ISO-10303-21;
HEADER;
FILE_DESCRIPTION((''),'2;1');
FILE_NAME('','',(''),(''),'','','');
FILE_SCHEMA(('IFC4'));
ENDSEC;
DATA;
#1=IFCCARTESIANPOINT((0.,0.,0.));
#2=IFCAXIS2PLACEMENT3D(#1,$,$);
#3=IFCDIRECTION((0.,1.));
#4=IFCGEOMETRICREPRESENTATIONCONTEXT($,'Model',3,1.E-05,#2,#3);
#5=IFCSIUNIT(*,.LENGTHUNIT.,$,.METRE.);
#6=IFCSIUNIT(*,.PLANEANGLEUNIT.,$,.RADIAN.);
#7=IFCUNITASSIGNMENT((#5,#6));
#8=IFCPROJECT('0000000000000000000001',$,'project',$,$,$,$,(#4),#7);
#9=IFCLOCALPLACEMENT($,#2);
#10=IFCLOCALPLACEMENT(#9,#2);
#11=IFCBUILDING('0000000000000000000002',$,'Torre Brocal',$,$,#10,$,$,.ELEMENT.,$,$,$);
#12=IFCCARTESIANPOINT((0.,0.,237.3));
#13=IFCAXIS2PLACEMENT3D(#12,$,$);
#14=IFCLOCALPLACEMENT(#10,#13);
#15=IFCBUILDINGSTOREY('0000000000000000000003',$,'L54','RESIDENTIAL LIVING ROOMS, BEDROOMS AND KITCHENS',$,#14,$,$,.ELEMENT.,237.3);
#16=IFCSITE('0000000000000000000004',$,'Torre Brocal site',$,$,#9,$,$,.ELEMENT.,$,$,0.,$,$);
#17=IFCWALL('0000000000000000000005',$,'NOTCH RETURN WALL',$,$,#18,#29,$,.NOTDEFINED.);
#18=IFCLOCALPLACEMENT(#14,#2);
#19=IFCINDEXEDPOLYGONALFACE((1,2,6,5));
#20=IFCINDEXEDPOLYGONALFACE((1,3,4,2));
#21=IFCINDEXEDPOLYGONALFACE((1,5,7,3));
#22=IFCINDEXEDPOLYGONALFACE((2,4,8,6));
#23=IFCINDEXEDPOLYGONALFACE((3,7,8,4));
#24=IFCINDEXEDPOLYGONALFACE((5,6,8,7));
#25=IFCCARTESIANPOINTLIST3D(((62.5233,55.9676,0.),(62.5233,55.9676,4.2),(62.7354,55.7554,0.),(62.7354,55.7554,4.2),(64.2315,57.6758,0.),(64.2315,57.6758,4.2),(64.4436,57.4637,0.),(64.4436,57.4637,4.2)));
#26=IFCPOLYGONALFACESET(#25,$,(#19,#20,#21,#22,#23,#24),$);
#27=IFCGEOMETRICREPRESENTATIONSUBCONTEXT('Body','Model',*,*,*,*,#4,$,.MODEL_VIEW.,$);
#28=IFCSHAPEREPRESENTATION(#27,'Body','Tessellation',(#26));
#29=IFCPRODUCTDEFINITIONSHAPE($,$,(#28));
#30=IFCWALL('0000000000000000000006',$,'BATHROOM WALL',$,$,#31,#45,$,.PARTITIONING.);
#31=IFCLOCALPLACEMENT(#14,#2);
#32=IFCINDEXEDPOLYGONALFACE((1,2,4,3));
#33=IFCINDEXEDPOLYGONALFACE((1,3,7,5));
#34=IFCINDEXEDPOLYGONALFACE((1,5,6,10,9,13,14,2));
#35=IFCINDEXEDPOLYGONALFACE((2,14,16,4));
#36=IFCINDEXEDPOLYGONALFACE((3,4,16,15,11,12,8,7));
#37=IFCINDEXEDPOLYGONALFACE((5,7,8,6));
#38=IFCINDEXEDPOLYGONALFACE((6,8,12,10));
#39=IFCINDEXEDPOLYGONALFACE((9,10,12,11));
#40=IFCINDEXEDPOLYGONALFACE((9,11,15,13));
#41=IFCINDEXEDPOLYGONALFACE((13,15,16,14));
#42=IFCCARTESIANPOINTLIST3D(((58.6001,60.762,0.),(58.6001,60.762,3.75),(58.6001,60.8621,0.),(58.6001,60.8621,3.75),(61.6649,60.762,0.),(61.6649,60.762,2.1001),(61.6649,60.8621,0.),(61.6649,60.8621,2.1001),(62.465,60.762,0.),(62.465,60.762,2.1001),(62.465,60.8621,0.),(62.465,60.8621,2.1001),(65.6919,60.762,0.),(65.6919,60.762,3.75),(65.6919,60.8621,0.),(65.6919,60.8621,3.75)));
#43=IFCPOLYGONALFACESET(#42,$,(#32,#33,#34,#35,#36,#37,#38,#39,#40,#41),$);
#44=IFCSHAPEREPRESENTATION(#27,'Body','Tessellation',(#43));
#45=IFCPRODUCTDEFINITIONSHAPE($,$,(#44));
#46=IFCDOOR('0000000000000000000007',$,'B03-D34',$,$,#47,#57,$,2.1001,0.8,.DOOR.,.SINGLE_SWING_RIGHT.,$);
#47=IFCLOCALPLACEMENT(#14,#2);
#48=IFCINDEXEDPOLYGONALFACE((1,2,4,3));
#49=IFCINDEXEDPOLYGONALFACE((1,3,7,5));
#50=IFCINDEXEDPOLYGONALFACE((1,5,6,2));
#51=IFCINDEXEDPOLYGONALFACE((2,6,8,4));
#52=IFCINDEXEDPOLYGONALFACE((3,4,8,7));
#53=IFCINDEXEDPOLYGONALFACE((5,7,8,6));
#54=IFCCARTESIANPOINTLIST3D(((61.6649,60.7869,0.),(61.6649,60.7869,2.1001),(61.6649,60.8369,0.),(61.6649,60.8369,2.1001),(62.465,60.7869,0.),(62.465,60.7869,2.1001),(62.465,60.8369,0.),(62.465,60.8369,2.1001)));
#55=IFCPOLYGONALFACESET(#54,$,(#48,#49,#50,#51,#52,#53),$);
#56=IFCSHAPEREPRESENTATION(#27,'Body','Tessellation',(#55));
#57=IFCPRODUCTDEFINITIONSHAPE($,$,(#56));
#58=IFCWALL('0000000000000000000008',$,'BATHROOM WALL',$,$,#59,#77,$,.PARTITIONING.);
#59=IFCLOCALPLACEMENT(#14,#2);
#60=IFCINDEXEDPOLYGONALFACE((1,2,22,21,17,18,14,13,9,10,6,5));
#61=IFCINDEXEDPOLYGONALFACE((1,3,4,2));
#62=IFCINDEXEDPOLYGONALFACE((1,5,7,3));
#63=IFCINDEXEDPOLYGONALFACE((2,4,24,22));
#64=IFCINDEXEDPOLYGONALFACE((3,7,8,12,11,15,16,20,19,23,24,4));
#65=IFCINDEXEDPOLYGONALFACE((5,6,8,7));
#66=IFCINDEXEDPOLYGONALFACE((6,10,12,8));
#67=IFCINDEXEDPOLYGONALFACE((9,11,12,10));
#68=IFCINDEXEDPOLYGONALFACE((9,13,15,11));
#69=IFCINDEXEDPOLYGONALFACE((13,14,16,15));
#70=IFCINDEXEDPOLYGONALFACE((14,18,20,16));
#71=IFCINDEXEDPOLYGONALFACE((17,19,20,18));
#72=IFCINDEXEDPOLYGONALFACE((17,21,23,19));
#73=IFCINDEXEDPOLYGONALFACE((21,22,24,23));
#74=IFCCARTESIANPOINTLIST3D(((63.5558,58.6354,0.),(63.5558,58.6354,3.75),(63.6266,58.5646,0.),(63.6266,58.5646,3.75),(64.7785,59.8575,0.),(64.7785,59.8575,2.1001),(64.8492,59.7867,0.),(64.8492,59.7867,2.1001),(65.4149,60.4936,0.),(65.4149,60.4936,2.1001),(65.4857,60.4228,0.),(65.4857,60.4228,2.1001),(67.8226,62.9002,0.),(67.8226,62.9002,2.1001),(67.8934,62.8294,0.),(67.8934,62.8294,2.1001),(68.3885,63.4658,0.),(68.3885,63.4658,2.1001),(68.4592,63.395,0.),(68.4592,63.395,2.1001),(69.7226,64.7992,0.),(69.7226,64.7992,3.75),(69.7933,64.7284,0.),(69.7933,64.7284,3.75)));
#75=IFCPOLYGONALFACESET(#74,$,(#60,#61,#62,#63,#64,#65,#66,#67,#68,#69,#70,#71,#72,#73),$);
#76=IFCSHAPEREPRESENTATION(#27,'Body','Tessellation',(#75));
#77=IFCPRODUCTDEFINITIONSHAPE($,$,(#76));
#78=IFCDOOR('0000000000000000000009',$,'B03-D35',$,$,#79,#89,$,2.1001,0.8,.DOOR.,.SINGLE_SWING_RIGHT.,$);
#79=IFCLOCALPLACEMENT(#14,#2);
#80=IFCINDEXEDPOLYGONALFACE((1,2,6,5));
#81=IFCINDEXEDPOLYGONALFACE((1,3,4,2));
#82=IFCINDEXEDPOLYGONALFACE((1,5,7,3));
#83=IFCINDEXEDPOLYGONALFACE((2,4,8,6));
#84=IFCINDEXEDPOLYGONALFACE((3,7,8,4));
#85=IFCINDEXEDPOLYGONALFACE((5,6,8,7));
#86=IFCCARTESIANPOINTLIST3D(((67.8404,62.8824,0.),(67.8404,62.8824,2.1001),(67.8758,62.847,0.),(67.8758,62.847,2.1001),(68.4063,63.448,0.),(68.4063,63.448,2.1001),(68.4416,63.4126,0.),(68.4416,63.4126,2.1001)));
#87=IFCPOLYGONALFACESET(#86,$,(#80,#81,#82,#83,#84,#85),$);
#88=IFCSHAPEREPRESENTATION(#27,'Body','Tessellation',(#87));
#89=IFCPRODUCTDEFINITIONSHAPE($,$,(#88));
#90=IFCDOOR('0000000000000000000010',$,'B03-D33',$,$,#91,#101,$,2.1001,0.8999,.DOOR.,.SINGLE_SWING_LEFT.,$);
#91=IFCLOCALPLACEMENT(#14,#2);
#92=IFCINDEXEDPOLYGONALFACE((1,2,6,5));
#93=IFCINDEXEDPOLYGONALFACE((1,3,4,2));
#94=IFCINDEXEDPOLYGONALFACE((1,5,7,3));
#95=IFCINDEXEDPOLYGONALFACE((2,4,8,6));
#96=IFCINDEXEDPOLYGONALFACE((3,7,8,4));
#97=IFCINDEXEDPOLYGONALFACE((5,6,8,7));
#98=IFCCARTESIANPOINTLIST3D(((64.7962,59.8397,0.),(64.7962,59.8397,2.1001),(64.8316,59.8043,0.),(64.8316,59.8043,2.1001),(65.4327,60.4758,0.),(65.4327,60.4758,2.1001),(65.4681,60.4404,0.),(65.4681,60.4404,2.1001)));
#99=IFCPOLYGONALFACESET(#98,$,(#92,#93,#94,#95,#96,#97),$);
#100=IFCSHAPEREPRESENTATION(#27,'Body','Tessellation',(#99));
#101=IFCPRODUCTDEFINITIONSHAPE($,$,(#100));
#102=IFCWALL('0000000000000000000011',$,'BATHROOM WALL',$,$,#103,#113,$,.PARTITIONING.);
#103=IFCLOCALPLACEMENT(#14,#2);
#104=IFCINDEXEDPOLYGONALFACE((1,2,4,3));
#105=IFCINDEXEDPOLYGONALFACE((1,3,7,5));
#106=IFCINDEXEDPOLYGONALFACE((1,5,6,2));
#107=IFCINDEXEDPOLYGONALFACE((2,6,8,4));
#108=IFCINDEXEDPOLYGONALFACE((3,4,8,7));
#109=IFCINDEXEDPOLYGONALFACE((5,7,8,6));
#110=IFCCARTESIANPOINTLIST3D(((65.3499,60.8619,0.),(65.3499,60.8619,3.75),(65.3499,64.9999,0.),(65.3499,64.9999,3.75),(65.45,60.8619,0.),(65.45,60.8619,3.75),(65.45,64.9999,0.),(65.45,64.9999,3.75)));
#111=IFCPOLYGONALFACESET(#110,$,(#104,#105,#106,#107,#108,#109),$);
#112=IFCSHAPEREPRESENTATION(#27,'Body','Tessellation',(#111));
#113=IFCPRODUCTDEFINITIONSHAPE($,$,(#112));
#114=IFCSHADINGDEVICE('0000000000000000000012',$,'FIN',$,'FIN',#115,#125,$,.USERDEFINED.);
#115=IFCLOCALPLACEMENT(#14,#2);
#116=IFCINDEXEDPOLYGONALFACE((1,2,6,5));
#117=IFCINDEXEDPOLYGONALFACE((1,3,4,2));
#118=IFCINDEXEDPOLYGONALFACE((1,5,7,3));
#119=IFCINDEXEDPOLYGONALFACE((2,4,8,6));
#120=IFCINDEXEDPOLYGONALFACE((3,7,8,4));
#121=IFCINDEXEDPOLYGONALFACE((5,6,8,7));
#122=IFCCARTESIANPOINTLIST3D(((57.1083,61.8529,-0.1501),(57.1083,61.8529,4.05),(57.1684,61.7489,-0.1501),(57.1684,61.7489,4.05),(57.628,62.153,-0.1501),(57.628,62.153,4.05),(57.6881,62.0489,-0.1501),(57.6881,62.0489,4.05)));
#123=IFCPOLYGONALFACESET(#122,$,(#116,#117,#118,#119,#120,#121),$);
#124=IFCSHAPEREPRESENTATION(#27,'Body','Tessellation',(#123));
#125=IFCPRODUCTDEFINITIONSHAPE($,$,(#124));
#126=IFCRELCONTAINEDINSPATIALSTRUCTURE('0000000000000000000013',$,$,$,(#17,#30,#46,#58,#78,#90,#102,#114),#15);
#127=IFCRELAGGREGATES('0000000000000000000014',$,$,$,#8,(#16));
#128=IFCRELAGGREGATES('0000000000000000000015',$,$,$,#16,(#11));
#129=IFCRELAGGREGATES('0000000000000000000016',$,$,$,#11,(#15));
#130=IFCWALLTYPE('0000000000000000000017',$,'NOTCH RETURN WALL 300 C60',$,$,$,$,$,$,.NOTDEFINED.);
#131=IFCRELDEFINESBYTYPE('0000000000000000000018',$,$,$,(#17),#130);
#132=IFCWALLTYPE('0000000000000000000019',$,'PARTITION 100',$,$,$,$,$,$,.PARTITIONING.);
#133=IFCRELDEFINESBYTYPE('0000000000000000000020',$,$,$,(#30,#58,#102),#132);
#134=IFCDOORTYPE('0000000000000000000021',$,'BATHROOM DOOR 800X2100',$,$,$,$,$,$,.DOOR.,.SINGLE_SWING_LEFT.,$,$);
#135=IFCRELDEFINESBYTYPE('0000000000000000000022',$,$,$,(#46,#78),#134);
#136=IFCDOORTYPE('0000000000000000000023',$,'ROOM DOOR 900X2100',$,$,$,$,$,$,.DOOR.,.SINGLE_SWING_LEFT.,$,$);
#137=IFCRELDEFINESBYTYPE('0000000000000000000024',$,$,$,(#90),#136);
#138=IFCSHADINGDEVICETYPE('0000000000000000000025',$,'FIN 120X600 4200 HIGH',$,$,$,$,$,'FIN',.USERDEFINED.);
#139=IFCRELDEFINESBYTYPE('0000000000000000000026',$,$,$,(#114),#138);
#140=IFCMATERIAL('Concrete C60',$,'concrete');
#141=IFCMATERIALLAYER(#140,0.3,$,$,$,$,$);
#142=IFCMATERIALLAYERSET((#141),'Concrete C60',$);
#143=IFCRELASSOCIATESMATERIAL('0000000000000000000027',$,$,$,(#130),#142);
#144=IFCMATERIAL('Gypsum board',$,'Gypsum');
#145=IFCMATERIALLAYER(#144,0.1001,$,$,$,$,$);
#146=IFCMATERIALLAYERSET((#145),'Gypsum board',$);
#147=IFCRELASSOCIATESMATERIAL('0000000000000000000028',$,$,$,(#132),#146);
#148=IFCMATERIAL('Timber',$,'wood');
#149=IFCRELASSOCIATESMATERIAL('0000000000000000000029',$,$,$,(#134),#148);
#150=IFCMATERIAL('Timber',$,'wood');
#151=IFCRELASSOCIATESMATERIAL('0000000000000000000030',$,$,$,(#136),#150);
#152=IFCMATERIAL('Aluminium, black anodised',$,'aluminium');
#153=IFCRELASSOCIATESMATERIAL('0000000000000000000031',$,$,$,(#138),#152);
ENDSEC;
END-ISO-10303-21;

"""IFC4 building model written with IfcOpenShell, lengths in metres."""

from ifc_helpers import new_model, si_unit, direction, frame, frame_2d, origin, origin_2d, place, context, subcontext, project, spatial, rectangle, extrude, material, layer, layer_set, material_profile, profile_set, type_object, element, fill, save


model = new_model("IFC4")

# Units and contexts
model_context = context("Model", 3, precision=1e-05, world=origin(), true_north=direction((0.0, 1.0)))
body_context = subcontext(model_context, "Body", "Model", "MODEL_VIEW")
ifc_project = project(units=[si_unit("LENGTHUNIT", "METRE"), si_unit("PLANEANGLEUNIT", "RADIAN")], contexts=[model_context])

# Site, building, storey
site_placement = place(None, origin())
site = spatial("IfcSite", under=ifc_project, at=site_placement, Name="Torre Brocal site", CompositionType="ELEMENT", RefElevation=0.0)
building_placement = place(site_placement, origin())
building = spatial("IfcBuilding", under=site, at=building_placement, Name="Torre Brocal", CompositionType="ELEMENT")
storey_placement = place(building_placement, frame((0.0, 0.0, 237.3)))
storey = spatial("IfcBuildingStorey", under=building, at=storey_placement, Name="L54", Description="RESIDENTIAL LIVING ROOMS, BEDROOMS AND KITCHENS", CompositionType="ELEMENT", Elevation=237.3)

# Wall
ifc_material_1 = material(Name="Concrete C60", Category="concrete")
ifc_layer_1 = layer(ifc_material_1, 0.3)
ifc_layer_set_1 = layer_set([ifc_layer_1], Name="Concrete C60")
wall_type_1 = type_object("IfcWallType", Name="NOTCH RETURN WALL 300 C60", PredefinedType="NOTDEFINED", material=ifc_layer_set_1)
for number, where, z_axis, x_axis, name in (
    (1, (64.3376, 57.5698, 0.0), (0.0, 0.0, 1.0), (-0.707107, -0.707107, 0.0), "NOTCH RETURN WALL"),
):
    element("IfcWall", number, at=place(storey_placement, frame(where, z_axis=z_axis, x_axis=x_axis)), inside=storey, type_object=wall_type_1, Name=name, PredefinedType="NOTDEFINED", context=body_context, shape_type="SweptSolid", body=[
        extrude(rectangle(XDim=2.4158, YDim=0.3, at=frame_2d((1.208, 0.0))), origin(), (0.0, 0.0, 1.0), 4.2),
    ])

# Wall, opening, door
ifc_material_2 = material(Name="Gypsum board", Category="Gypsum")
ifc_layer_2 = layer(ifc_material_2, 0.1001)
ifc_layer_set_2 = layer_set([ifc_layer_2], Name="Gypsum board")
wall_type_2 = type_object("IfcWallType", Name="PARTITION 100", PredefinedType="PARTITIONING", material=ifc_layer_set_2)
wall_1_placement = place(storey_placement, frame((58.6001, 60.812, 0.0), z_axis=(0.0, 0.0, 1.0), x_axis=(1.0, 0.0, 0.0)))
wall_1 = element("IfcWall", 2, at=wall_1_placement, inside=storey, type_object=wall_type_2, Name="BATHROOM WALL", PredefinedType="PARTITIONING", context=body_context, shape_type="SweptSolid", body=[
    extrude(rectangle(XDim=7.0918, YDim=0.1001, at=frame_2d((3.5459, 0.0))), origin(), (0.0, 0.0, 1.0), 3.75),
])
opening_1_placement = place(wall_1_placement, frame((3.0649, 0.0, 0.0)))
opening_1 = element("IfcOpeningElement", 3, at=opening_1_placement, cuts=wall_1, PredefinedType="OPENING", context=body_context, shape_type="SweptSolid", body=[
    extrude(rectangle(XDim=0.8, YDim=2.1001, at=frame_2d((0.3999, 1.05))), frame((0.0, 0.0601, 0.0), z_axis=(0.0, -1.0, 0.0), x_axis=(1.0, 0.0, 0.0)), (0.0, 0.0, 1.0), 0.1201),
])
ifc_material_3 = material(Name="Timber", Category="wood")
door_type_1 = type_object("IfcDoorType", Name="BATHROOM DOOR 800X2100", OperationType="SINGLE_SWING_LEFT", PredefinedType="DOOR", material=ifc_material_3)
door_1_placement = place(opening_1_placement, origin())
door_1 = element("IfcDoor", 4, at=door_1_placement, inside=storey, type_object=door_type_1, Name="B03-D34", OperationType="SINGLE_SWING_RIGHT", OverallHeight=2.1001, OverallWidth=0.8, PredefinedType="DOOR", context=body_context, shape_type="SweptSolid", body=[
    extrude(rectangle(XDim=0.8, YDim=2.1001, at=frame_2d((0.3999, 1.05))), frame((0.0, 0.0249, 0.0), z_axis=(0.0, -1.0, 0.0), x_axis=(1.0, 0.0, 0.0)), (0.0, 0.0, 1.0), 0.05),
])
fill(opening_1, door_1)

# Wall, openings, doors
wall_2_placement = place(storey_placement, frame((63.5913, 58.6001, 0.0), z_axis=(0.0, 0.0, 1.0), x_axis=(0.707275, 0.706939, 0.0)))
wall_2 = element("IfcWall", 5, at=wall_2_placement, inside=storey, type_object=wall_type_2, Name="BATHROOM WALL", PredefinedType="PARTITIONING", context=body_context, shape_type="SweptSolid", body=[
    extrude(rectangle(XDim=8.719, YDim=0.1001, at=frame_2d((4.3594, 0.0))), origin(), (0.0, 0.0, 1.0), 3.75),
])
opening_2_placement = place(wall_2_placement, frame((1.7285, 0.0, 0.0)))
opening_2 = element("IfcOpeningElement", 6, at=opening_2_placement, cuts=wall_2, PredefinedType="OPENING", context=body_context, shape_type="SweptSolid", body=[
    extrude(rectangle(XDim=0.8999, YDim=2.1001, at=frame_2d((0.45, 1.05))), frame((0.0, 0.0601, 0.0), z_axis=(0.0, -1.0, 0.0), x_axis=(1.0, 0.0, 0.0)), (0.0, 0.0, 1.0), 0.1201),
])
opening_3_placement = place(wall_2_placement, frame((6.0327, 0.0, 0.0)))
opening_3 = element("IfcOpeningElement", 7, at=opening_3_placement, cuts=wall_2, PredefinedType="OPENING", context=body_context, shape_type="SweptSolid", body=[
    extrude(rectangle(XDim=0.8, YDim=2.1001, at=frame_2d((0.3999, 1.05))), frame((0.0, 0.0601, 0.0), z_axis=(0.0, -1.0, 0.0), x_axis=(1.0, 0.0, 0.0)), (0.0, 0.0, 1.0), 0.1201),
])
door_2_placement = place(opening_3_placement, origin())
door_2 = element("IfcDoor", 8, at=door_2_placement, inside=storey, type_object=door_type_1, Name="B03-D35", OperationType="SINGLE_SWING_RIGHT", OverallHeight=2.1001, OverallWidth=0.8, PredefinedType="DOOR", context=body_context, shape_type="SweptSolid", body=[
    extrude(rectangle(XDim=0.8, YDim=2.1001, at=frame_2d((0.3999, 1.05))), frame((0.0, 0.0249, 0.0), z_axis=(0.0, -1.0, 0.0), x_axis=(1.0, 0.0, 0.0)), (0.0, 0.0, 1.0), 0.05),
])
fill(opening_3, door_2)
ifc_material_4 = material(Name="Timber", Category="wood")
door_type_2 = type_object("IfcDoorType", Name="ROOM DOOR 900X2100", OperationType="SINGLE_SWING_LEFT", PredefinedType="DOOR", material=ifc_material_4)
door_3_placement = place(opening_2_placement, origin())
door_3 = element("IfcDoor", 9, at=door_3_placement, inside=storey, type_object=door_type_2, Name="B03-D33", OperationType="SINGLE_SWING_LEFT", OverallHeight=2.1001, OverallWidth=0.8999, PredefinedType="DOOR", context=body_context, shape_type="SweptSolid", body=[
    extrude(rectangle(XDim=0.8999, YDim=2.1001, at=frame_2d((0.45, 1.05))), frame((0.0, 0.0249, 0.0), z_axis=(0.0, -1.0, 0.0), x_axis=(1.0, 0.0, 0.0)), (0.0, 0.0, 1.0), 0.05),
])
fill(opening_2, door_3)

# Wall
wall_3_placement = place(storey_placement, frame((65.3999, 60.8621, 0.0), z_axis=(0.0, 0.0, 1.0), x_axis=(0.0, 1.0, 0.0)))
element("IfcWall", 10, at=wall_3_placement, inside=storey, type_object=wall_type_2, Name="BATHROOM WALL", PredefinedType="PARTITIONING", context=body_context, shape_type="SweptSolid", body=[
    extrude(rectangle(XDim=4.1379, YDim=0.1001, at=frame_2d((2.0688, 0.0))), origin(), (0.0, 0.0, 1.0), 3.75),
])

# Shading device
ifc_material_5 = material(Name="Aluminium, black anodised", Category="aluminium")
ifc_material_profile_1 = material_profile(ifc_material_5, rectangle(XDim=0.1201, YDim=0.6001, at=origin_2d()), Name="FIN 120X600 4200 HIGH")
ifc_profile_set_1 = profile_set([ifc_material_profile_1], Name="Aluminium, black anodised")
shading_device_type = type_object("IfcShadingDeviceType", Name="FIN 120X600 4200 HIGH", ElementType="FIN", PredefinedType="USERDEFINED", material=ifc_profile_set_1)
shading_device_placement = place(storey_placement, frame((57.3982, 61.9509, -0.1501), z_axis=(0.0, 0.0, 1.0), x_axis=(0.5, -0.866025, 0.0)))
element("IfcShadingDevice", 11, at=shading_device_placement, inside=storey, type_object=shading_device_type, Name="FIN", ObjectType="FIN", PredefinedType="USERDEFINED", context=body_context, shape_type="SweptSolid", body=[
    extrude(rectangle(XDim=0.1201, YDim=0.6001, at=origin_2d()), origin(), (0.0, 0.0, 1.0), 4.2002),
])

save(model, "model.ifc")
